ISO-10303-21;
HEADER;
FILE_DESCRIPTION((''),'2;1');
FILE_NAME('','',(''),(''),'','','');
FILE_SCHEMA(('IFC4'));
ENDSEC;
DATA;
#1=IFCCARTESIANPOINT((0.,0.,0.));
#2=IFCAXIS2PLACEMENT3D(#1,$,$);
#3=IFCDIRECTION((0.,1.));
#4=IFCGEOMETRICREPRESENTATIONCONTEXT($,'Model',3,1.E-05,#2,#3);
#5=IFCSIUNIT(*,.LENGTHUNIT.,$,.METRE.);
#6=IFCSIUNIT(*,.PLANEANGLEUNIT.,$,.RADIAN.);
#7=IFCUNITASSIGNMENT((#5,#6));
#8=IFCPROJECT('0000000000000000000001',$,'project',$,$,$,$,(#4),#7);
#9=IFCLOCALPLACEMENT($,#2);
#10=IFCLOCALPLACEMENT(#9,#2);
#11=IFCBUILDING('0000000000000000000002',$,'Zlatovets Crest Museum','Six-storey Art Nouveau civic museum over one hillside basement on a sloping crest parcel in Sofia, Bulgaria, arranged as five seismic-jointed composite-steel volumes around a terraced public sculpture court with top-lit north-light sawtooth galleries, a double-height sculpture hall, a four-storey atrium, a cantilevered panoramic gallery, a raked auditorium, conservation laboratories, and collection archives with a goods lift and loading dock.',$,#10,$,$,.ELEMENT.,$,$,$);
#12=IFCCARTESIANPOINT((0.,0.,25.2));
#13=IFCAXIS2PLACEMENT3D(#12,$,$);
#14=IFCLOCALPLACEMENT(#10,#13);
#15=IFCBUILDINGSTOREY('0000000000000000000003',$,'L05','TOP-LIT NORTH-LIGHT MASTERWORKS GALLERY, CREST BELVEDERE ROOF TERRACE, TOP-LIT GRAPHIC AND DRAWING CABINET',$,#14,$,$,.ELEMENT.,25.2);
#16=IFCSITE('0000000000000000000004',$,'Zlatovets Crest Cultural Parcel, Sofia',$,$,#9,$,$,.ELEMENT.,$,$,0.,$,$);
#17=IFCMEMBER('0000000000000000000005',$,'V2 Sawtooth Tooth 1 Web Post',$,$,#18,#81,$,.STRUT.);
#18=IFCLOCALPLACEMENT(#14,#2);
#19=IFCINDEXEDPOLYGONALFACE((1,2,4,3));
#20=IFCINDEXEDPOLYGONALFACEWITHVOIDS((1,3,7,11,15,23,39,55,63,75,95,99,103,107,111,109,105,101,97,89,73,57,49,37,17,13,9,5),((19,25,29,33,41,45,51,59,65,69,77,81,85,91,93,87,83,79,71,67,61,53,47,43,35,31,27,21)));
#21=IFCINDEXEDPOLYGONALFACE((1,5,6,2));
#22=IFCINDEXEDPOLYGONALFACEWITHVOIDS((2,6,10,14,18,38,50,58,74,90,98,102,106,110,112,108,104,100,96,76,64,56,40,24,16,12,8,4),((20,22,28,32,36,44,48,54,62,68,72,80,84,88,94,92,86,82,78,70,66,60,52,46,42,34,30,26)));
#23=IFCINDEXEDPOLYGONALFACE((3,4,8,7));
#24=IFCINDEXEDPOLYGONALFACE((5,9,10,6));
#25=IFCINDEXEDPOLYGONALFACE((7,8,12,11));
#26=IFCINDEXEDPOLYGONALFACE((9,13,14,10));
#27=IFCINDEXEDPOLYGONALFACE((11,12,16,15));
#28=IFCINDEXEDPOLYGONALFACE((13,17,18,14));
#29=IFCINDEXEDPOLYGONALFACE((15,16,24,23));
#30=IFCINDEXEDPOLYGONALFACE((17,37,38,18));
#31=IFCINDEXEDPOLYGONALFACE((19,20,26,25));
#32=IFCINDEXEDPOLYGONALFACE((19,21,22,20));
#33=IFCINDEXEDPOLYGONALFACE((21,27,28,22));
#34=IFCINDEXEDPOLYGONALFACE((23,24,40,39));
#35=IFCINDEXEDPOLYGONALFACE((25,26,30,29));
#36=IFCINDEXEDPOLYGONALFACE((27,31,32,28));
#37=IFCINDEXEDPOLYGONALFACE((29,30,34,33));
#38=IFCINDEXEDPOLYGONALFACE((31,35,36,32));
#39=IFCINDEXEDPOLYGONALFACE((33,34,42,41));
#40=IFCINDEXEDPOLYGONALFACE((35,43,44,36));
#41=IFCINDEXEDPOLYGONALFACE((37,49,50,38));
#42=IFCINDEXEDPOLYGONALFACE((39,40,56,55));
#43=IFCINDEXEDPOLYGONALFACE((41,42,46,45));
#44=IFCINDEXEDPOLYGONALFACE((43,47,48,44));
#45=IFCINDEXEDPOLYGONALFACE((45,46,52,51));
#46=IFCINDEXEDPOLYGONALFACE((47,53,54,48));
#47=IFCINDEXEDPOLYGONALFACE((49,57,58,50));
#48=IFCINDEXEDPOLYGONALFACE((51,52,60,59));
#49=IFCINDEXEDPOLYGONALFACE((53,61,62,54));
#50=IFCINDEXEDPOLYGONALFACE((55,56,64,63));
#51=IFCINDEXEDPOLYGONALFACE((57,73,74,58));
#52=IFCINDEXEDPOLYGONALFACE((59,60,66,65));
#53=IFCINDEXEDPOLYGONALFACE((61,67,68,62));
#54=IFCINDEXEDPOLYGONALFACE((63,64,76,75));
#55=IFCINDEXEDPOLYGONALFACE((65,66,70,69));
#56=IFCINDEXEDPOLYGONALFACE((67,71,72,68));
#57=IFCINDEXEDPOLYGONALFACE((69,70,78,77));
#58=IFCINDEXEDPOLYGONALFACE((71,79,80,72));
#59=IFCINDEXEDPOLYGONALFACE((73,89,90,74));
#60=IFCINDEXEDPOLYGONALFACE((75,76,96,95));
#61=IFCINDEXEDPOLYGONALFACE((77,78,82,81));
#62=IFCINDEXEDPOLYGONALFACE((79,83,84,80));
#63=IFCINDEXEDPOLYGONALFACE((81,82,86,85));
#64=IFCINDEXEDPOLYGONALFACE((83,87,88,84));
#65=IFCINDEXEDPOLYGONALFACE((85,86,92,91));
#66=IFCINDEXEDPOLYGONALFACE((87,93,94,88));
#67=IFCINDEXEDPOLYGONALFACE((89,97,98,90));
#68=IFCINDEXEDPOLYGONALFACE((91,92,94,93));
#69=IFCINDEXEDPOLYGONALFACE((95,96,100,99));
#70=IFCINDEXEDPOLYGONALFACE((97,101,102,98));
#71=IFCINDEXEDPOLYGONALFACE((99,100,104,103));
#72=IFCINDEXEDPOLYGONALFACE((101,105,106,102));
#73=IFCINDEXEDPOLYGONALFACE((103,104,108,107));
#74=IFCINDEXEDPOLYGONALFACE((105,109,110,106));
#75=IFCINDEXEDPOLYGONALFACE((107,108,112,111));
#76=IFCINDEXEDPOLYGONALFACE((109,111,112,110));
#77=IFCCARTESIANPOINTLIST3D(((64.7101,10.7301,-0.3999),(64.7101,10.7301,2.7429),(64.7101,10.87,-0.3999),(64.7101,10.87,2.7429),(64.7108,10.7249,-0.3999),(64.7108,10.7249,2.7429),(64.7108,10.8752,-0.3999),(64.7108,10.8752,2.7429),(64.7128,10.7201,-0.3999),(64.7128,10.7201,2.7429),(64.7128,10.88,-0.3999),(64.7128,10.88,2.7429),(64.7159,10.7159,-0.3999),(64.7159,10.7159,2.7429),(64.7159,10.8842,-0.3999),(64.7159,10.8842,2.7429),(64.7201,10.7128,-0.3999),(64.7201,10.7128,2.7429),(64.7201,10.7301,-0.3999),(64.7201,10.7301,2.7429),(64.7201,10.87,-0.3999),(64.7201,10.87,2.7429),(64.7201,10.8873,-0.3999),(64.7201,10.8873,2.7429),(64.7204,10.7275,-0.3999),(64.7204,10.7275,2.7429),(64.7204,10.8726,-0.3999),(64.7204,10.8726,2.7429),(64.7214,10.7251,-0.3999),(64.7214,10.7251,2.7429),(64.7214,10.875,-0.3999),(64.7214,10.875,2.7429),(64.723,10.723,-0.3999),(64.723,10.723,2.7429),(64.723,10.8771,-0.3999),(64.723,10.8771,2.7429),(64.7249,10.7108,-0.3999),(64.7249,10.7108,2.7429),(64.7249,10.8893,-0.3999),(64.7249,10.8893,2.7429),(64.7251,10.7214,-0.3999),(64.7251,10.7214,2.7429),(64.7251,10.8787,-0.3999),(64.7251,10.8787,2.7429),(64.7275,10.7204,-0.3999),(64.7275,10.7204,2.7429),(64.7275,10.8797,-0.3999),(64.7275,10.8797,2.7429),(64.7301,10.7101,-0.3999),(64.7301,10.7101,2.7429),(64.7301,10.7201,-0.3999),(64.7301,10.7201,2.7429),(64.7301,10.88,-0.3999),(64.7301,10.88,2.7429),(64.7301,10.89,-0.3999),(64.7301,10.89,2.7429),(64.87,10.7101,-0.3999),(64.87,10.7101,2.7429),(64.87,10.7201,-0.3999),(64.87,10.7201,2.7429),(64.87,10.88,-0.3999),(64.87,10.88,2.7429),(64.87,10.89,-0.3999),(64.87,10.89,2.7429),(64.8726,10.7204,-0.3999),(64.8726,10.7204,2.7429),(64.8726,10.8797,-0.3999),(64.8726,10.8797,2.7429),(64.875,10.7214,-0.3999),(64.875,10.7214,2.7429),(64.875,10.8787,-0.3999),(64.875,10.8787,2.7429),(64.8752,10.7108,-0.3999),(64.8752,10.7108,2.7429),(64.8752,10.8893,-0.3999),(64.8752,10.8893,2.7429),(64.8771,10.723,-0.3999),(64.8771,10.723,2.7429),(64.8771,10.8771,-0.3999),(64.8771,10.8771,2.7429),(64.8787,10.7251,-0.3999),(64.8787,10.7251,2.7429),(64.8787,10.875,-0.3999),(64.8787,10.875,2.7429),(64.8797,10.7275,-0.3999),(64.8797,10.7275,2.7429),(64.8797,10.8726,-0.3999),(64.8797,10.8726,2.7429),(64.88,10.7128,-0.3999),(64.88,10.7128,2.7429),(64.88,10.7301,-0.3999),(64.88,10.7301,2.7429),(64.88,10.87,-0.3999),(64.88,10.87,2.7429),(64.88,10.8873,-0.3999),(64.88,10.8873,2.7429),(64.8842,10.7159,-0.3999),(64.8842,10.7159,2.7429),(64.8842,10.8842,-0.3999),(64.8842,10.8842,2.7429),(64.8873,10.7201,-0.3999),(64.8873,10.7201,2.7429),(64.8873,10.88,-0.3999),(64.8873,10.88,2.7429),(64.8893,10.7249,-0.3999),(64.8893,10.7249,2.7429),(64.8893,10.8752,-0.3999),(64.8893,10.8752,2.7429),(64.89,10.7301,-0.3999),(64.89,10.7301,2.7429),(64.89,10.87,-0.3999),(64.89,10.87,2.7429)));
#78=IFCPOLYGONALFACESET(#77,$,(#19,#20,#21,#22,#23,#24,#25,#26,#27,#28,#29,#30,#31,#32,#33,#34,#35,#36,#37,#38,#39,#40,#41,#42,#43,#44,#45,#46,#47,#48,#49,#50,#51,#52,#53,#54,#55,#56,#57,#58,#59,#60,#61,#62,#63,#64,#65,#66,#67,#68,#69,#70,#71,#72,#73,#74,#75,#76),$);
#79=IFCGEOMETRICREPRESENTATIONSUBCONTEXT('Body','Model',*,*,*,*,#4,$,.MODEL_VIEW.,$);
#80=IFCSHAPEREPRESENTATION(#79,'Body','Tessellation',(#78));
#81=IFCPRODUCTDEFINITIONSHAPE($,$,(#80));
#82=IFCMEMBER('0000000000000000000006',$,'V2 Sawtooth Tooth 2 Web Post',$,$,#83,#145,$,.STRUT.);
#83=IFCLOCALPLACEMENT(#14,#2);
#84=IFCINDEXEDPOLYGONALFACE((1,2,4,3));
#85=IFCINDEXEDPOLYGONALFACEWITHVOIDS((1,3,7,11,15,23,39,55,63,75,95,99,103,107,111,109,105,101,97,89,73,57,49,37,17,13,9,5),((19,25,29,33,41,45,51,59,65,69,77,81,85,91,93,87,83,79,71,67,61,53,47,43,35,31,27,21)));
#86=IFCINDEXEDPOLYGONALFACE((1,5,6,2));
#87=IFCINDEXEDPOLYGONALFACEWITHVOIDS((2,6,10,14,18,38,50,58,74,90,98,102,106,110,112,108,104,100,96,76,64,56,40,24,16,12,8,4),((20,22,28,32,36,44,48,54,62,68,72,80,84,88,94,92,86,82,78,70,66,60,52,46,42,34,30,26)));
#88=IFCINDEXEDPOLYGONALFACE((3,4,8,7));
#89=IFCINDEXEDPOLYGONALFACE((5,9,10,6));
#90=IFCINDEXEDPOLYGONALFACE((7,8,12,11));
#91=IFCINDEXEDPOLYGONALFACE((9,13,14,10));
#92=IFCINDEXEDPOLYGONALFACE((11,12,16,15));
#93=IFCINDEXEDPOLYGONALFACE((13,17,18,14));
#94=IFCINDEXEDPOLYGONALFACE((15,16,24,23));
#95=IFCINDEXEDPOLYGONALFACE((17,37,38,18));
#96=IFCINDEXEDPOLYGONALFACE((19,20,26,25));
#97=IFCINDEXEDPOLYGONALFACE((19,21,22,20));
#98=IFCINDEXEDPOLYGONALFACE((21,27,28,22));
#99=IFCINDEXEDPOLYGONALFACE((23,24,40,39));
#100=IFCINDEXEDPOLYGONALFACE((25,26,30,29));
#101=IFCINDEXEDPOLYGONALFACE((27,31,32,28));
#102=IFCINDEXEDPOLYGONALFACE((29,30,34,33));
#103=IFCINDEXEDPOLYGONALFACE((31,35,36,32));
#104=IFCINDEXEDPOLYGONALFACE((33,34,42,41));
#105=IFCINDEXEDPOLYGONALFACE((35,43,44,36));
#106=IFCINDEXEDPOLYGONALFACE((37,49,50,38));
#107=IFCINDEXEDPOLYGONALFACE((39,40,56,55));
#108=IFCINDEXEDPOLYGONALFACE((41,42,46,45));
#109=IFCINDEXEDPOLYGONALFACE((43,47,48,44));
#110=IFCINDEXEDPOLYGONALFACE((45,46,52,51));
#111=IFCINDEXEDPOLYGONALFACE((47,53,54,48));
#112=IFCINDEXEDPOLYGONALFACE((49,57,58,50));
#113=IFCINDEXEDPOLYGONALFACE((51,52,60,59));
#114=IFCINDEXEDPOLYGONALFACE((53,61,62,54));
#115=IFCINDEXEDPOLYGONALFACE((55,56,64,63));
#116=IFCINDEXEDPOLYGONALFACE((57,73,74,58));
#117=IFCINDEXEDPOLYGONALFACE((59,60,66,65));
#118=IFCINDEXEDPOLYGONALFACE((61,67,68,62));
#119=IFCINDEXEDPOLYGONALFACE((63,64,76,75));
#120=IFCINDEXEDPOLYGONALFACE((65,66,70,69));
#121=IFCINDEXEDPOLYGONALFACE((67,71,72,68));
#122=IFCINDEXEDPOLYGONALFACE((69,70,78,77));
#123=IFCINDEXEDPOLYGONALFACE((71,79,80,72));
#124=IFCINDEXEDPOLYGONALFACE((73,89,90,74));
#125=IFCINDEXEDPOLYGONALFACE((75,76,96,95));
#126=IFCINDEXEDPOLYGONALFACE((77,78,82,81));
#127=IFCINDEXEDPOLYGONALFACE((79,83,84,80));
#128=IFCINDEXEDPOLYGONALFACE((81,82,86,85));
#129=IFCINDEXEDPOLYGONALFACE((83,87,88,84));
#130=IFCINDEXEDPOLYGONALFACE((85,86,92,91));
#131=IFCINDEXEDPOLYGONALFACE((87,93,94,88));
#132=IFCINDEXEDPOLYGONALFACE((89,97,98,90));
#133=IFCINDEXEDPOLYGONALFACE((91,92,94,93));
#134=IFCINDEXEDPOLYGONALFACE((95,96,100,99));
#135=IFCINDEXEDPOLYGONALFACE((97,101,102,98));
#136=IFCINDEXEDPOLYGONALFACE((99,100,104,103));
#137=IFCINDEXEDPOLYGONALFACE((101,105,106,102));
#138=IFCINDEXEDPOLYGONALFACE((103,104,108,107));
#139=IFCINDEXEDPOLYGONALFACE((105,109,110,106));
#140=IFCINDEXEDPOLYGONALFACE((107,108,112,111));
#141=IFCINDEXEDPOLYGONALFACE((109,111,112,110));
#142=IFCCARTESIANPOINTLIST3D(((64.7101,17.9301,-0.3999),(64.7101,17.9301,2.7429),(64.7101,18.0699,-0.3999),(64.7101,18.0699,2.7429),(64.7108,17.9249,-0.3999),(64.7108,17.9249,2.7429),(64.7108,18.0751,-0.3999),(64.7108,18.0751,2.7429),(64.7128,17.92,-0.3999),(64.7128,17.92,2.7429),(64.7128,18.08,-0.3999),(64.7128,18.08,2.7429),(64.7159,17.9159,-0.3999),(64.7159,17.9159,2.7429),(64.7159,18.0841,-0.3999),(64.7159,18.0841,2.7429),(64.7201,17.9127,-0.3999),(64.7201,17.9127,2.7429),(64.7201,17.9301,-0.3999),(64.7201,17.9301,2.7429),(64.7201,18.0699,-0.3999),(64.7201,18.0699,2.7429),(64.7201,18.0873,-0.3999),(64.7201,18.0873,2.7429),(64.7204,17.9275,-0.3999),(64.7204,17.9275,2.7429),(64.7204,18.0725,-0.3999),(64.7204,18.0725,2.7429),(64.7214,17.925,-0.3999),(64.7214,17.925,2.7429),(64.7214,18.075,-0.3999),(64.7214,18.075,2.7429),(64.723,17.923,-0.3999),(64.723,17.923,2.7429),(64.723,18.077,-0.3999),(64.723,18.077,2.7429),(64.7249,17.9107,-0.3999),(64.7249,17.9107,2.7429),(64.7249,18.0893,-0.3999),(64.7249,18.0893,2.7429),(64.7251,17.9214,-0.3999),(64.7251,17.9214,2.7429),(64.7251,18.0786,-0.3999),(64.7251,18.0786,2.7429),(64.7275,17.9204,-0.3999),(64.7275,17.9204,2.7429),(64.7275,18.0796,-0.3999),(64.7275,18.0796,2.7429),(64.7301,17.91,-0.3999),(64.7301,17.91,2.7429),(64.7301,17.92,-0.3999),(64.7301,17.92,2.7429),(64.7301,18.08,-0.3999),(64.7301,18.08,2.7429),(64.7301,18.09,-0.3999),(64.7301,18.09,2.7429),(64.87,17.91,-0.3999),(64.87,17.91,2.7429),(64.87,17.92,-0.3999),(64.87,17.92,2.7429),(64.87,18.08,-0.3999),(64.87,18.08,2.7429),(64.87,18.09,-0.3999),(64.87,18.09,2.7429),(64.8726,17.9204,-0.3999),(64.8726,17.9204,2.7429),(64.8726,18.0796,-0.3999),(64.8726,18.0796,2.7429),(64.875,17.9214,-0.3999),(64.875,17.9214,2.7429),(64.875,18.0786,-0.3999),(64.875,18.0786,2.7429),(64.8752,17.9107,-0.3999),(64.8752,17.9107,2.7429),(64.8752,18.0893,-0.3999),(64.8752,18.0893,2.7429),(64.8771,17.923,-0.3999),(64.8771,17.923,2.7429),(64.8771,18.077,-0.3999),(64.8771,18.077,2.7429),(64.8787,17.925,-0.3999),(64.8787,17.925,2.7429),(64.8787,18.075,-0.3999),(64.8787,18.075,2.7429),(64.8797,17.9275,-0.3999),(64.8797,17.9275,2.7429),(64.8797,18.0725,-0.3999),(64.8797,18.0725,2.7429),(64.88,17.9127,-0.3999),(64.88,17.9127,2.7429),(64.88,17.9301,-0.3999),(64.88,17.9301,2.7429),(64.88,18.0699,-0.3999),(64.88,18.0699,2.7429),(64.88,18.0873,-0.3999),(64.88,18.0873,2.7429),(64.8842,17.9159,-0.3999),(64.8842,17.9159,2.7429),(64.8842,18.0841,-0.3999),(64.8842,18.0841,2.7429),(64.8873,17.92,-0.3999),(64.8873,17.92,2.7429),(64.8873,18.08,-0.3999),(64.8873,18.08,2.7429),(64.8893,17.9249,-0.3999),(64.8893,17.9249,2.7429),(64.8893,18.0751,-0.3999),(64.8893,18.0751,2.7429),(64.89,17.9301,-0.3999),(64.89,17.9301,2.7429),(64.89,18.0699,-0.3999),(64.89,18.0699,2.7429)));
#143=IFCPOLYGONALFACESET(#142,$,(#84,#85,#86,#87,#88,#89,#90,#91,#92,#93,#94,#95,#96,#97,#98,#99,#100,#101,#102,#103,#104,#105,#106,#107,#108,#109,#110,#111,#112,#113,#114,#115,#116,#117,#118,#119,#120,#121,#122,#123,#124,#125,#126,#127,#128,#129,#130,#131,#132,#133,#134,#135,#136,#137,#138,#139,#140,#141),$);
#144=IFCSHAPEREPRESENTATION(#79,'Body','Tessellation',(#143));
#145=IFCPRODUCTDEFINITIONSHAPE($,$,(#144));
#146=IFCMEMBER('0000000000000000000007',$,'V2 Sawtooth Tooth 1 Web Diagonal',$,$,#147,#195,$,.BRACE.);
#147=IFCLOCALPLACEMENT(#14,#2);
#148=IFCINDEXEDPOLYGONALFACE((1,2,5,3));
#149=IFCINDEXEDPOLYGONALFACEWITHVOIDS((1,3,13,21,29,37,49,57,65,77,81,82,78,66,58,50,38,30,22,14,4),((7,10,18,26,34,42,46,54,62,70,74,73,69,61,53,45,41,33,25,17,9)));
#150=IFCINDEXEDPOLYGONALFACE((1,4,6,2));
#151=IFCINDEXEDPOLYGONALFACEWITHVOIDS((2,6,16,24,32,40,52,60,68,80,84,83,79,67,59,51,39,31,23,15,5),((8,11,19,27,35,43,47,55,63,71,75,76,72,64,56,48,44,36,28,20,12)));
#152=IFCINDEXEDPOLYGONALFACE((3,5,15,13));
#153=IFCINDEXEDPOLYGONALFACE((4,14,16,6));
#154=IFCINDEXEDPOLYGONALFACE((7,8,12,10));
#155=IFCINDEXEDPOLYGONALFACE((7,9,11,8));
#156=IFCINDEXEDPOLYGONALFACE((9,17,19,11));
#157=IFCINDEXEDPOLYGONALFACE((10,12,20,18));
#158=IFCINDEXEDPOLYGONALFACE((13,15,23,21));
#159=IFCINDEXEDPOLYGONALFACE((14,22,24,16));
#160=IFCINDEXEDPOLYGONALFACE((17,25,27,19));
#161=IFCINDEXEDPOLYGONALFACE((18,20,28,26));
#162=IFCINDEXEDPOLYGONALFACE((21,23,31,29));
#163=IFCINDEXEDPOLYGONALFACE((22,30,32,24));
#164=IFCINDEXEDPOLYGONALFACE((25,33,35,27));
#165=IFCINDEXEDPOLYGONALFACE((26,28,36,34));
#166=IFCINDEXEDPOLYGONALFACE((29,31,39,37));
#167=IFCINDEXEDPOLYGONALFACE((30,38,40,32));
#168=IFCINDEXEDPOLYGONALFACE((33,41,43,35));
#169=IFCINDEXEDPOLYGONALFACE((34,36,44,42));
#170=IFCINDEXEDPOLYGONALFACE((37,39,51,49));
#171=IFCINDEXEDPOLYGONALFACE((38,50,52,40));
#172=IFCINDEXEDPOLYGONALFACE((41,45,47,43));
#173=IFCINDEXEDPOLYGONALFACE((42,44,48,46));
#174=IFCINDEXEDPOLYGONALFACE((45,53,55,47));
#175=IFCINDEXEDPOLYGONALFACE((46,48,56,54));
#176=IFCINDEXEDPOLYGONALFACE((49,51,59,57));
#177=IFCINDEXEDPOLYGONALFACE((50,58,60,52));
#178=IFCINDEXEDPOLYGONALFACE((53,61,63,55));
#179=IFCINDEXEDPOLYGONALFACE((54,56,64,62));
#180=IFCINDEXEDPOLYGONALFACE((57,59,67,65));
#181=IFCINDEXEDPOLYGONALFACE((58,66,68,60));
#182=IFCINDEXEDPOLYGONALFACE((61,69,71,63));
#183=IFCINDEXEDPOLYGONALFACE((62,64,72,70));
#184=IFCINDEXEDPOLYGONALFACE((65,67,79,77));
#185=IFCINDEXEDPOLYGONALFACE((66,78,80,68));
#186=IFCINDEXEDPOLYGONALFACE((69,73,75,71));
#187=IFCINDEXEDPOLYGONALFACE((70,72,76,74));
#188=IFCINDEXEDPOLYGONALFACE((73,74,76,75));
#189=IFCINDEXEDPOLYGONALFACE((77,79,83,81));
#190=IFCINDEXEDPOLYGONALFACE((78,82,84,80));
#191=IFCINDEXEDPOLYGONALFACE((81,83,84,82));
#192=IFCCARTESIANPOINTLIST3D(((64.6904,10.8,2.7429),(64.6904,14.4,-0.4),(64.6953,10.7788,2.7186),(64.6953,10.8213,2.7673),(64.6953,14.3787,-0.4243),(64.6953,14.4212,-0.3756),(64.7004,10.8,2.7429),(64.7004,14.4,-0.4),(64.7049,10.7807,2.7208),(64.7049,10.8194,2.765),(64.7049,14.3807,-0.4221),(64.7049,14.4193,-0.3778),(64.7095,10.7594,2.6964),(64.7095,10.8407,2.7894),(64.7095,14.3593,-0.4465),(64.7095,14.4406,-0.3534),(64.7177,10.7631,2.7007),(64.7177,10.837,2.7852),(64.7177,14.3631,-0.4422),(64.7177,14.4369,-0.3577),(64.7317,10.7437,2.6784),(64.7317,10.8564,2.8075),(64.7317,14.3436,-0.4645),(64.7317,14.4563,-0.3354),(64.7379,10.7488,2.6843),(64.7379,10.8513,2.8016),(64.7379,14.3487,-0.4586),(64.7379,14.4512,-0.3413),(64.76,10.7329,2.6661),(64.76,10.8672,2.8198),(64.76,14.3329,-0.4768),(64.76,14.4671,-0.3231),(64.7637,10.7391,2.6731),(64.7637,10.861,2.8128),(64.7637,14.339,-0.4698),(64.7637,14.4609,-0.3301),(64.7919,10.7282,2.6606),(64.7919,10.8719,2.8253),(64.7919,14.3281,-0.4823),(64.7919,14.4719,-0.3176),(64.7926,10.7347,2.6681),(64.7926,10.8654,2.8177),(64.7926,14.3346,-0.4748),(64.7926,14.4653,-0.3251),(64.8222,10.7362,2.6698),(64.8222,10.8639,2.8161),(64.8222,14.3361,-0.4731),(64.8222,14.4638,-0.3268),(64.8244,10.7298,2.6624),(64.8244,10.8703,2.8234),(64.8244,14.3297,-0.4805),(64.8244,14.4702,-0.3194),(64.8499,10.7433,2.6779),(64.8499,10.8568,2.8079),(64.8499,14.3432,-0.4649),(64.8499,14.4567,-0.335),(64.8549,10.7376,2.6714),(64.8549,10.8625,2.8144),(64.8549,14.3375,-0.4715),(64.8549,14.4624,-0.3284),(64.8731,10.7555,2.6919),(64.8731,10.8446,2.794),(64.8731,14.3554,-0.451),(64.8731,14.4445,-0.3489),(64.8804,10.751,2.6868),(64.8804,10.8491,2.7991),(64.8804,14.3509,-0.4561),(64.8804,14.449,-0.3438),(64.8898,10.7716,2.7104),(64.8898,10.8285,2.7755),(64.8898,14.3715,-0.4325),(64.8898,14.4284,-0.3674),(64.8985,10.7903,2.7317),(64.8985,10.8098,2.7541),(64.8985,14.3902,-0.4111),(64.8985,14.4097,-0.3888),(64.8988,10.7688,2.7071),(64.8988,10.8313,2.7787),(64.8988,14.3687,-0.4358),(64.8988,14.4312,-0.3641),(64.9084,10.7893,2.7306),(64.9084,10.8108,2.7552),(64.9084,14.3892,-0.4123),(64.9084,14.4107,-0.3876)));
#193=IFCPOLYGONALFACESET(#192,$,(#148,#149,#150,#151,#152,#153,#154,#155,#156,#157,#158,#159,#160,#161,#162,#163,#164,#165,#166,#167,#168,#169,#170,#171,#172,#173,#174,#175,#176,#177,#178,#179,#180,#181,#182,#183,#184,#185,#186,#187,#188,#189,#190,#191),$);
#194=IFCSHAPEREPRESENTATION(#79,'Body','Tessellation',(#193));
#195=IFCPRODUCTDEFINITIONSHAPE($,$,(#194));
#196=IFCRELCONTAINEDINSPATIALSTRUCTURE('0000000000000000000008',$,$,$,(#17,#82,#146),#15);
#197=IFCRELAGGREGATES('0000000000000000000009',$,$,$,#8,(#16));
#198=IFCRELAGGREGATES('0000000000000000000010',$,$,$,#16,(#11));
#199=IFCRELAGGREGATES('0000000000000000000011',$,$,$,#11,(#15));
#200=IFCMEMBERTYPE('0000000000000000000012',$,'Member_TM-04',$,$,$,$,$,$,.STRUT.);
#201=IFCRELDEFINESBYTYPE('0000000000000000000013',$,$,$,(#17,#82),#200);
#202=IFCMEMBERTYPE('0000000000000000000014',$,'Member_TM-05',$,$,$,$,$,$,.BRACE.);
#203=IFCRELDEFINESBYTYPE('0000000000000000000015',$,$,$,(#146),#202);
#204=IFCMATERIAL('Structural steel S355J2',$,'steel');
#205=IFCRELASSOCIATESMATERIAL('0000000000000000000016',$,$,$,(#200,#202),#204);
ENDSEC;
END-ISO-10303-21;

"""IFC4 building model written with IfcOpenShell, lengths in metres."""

from ifc_helpers import new_model, si_unit, direction, frame, origin, origin_2d, place, context, subcontext, project, spatial, hollow_rectangle, hollow_circle, extrude, material, material_profile, profile_set, type_object, element, save


model = new_model("IFC4")

# Units and contexts
model_context = context("Model", 3, precision=1e-05, world=origin(), true_north=direction((0.0, 1.0)))
body_context = subcontext(model_context, "Body", "Model", "MODEL_VIEW")
ifc_project = project(units=[si_unit("LENGTHUNIT", "METRE"), si_unit("PLANEANGLEUNIT", "RADIAN")], contexts=[model_context])

# Site, building, storey
site_placement = place(None, origin())
site = spatial("IfcSite", under=ifc_project, at=site_placement, Name="Zlatovets Crest Cultural Parcel, Sofia", CompositionType="ELEMENT", RefElevation=0.0)
building_placement = place(site_placement, origin())
building = spatial("IfcBuilding", under=site, at=building_placement, Name="Zlatovets Crest Museum", Description="Six-storey Art Nouveau civic museum over one hillside basement on a sloping crest parcel in Sofia, Bulgaria, arranged as five seismic-jointed composite-steel volumes around a terraced public sculpture court with top-lit north-light sawtooth galleries, a double-height sculpture hall, a four-storey atrium, a cantilevered panoramic gallery, a raked auditorium, conservation laboratories, and collection archives with a goods lift and loading dock.", CompositionType="ELEMENT")
storey_placement = place(building_placement, frame((0.0, 0.0, 25.2)))
storey = spatial("IfcBuildingStorey", under=building, at=storey_placement, Name="L05", Description="TOP-LIT NORTH-LIGHT MASTERWORKS GALLERY, CREST BELVEDERE ROOF TERRACE, TOP-LIT GRAPHIC AND DRAWING CABINET", CompositionType="ELEMENT", Elevation=25.2)

# Shared definitions
ifc_material_1 = material(Name="Structural steel S355J2", Category="steel")

# Members
ifc_material_profile_1 = material_profile(ifc_material_1, hollow_rectangle(XDim=0.1799, YDim=0.1799, WallThickness=0.01, InnerFilletRadius=0.01, OuterFilletRadius=0.02, at=origin_2d()), Name="SHS 180x180x10.0")
ifc_profile_set_1 = profile_set([ifc_material_profile_1], Name="Structural steel S355J2")
member_type_1 = type_object("IfcMemberType", Name="Member_TM-04", PredefinedType="STRUT", material=ifc_profile_set_1)
for number, where, z_axis, x_axis, name in (
    (1, (64.8, 10.8, -0.3999), (0.0, 0.0, 1.0), (1.0, 0.0, 0.0), "V2 Sawtooth Tooth 1 Web Post"),
    (2, (64.8, 18.0, -0.3999), (0.0, 0.0, 1.0), (1.0, 0.0, 0.0), "V2 Sawtooth Tooth 2 Web Post"),
):
    element("IfcMember", number, at=place(storey_placement, frame(where, z_axis=z_axis, x_axis=x_axis)), inside=storey, type_object=member_type_1, Name=name, PredefinedType="STRUT", context=body_context, shape_type="SweptSolid", body=[
        extrude(hollow_rectangle(XDim=0.1799, YDim=0.1799, WallThickness=0.01, InnerFilletRadius=0.01, OuterFilletRadius=0.02, at=origin_2d()), origin(), (0.0, 0.0, 1.0), 3.1428),
    ])
ifc_material_profile_2 = material_profile(ifc_material_1, hollow_circle(Radius=0.1096, WallThickness=0.01, at=origin_2d()), Name="CHS 219.1x10.0")
ifc_profile_set_2 = profile_set([ifc_material_profile_2], Name="Structural steel S355J2")
member_type_2 = type_object("IfcMemberType", Name="Member_TM-05", PredefinedType="BRACE", material=ifc_profile_set_2)
for number, where, z_axis, x_axis, name in (
    (3, (64.8, 10.8, 2.7429), (0.0, 0.753307, -0.657669), (-1.0, 0.0, 0.0), "V2 Sawtooth Tooth 1 Web Diagonal"),
):
    element("IfcMember", number, at=place(storey_placement, frame(where, z_axis=z_axis, x_axis=x_axis)), inside=storey, type_object=member_type_2, Name=name, PredefinedType="BRACE", context=body_context, shape_type="SweptSolid", body=[
        extrude(hollow_circle(Radius=0.1096, WallThickness=0.01, at=origin_2d()), origin(), (0.0, 0.0, 1.0), 4.7788),
    ])

save(model, "model.ifc")
